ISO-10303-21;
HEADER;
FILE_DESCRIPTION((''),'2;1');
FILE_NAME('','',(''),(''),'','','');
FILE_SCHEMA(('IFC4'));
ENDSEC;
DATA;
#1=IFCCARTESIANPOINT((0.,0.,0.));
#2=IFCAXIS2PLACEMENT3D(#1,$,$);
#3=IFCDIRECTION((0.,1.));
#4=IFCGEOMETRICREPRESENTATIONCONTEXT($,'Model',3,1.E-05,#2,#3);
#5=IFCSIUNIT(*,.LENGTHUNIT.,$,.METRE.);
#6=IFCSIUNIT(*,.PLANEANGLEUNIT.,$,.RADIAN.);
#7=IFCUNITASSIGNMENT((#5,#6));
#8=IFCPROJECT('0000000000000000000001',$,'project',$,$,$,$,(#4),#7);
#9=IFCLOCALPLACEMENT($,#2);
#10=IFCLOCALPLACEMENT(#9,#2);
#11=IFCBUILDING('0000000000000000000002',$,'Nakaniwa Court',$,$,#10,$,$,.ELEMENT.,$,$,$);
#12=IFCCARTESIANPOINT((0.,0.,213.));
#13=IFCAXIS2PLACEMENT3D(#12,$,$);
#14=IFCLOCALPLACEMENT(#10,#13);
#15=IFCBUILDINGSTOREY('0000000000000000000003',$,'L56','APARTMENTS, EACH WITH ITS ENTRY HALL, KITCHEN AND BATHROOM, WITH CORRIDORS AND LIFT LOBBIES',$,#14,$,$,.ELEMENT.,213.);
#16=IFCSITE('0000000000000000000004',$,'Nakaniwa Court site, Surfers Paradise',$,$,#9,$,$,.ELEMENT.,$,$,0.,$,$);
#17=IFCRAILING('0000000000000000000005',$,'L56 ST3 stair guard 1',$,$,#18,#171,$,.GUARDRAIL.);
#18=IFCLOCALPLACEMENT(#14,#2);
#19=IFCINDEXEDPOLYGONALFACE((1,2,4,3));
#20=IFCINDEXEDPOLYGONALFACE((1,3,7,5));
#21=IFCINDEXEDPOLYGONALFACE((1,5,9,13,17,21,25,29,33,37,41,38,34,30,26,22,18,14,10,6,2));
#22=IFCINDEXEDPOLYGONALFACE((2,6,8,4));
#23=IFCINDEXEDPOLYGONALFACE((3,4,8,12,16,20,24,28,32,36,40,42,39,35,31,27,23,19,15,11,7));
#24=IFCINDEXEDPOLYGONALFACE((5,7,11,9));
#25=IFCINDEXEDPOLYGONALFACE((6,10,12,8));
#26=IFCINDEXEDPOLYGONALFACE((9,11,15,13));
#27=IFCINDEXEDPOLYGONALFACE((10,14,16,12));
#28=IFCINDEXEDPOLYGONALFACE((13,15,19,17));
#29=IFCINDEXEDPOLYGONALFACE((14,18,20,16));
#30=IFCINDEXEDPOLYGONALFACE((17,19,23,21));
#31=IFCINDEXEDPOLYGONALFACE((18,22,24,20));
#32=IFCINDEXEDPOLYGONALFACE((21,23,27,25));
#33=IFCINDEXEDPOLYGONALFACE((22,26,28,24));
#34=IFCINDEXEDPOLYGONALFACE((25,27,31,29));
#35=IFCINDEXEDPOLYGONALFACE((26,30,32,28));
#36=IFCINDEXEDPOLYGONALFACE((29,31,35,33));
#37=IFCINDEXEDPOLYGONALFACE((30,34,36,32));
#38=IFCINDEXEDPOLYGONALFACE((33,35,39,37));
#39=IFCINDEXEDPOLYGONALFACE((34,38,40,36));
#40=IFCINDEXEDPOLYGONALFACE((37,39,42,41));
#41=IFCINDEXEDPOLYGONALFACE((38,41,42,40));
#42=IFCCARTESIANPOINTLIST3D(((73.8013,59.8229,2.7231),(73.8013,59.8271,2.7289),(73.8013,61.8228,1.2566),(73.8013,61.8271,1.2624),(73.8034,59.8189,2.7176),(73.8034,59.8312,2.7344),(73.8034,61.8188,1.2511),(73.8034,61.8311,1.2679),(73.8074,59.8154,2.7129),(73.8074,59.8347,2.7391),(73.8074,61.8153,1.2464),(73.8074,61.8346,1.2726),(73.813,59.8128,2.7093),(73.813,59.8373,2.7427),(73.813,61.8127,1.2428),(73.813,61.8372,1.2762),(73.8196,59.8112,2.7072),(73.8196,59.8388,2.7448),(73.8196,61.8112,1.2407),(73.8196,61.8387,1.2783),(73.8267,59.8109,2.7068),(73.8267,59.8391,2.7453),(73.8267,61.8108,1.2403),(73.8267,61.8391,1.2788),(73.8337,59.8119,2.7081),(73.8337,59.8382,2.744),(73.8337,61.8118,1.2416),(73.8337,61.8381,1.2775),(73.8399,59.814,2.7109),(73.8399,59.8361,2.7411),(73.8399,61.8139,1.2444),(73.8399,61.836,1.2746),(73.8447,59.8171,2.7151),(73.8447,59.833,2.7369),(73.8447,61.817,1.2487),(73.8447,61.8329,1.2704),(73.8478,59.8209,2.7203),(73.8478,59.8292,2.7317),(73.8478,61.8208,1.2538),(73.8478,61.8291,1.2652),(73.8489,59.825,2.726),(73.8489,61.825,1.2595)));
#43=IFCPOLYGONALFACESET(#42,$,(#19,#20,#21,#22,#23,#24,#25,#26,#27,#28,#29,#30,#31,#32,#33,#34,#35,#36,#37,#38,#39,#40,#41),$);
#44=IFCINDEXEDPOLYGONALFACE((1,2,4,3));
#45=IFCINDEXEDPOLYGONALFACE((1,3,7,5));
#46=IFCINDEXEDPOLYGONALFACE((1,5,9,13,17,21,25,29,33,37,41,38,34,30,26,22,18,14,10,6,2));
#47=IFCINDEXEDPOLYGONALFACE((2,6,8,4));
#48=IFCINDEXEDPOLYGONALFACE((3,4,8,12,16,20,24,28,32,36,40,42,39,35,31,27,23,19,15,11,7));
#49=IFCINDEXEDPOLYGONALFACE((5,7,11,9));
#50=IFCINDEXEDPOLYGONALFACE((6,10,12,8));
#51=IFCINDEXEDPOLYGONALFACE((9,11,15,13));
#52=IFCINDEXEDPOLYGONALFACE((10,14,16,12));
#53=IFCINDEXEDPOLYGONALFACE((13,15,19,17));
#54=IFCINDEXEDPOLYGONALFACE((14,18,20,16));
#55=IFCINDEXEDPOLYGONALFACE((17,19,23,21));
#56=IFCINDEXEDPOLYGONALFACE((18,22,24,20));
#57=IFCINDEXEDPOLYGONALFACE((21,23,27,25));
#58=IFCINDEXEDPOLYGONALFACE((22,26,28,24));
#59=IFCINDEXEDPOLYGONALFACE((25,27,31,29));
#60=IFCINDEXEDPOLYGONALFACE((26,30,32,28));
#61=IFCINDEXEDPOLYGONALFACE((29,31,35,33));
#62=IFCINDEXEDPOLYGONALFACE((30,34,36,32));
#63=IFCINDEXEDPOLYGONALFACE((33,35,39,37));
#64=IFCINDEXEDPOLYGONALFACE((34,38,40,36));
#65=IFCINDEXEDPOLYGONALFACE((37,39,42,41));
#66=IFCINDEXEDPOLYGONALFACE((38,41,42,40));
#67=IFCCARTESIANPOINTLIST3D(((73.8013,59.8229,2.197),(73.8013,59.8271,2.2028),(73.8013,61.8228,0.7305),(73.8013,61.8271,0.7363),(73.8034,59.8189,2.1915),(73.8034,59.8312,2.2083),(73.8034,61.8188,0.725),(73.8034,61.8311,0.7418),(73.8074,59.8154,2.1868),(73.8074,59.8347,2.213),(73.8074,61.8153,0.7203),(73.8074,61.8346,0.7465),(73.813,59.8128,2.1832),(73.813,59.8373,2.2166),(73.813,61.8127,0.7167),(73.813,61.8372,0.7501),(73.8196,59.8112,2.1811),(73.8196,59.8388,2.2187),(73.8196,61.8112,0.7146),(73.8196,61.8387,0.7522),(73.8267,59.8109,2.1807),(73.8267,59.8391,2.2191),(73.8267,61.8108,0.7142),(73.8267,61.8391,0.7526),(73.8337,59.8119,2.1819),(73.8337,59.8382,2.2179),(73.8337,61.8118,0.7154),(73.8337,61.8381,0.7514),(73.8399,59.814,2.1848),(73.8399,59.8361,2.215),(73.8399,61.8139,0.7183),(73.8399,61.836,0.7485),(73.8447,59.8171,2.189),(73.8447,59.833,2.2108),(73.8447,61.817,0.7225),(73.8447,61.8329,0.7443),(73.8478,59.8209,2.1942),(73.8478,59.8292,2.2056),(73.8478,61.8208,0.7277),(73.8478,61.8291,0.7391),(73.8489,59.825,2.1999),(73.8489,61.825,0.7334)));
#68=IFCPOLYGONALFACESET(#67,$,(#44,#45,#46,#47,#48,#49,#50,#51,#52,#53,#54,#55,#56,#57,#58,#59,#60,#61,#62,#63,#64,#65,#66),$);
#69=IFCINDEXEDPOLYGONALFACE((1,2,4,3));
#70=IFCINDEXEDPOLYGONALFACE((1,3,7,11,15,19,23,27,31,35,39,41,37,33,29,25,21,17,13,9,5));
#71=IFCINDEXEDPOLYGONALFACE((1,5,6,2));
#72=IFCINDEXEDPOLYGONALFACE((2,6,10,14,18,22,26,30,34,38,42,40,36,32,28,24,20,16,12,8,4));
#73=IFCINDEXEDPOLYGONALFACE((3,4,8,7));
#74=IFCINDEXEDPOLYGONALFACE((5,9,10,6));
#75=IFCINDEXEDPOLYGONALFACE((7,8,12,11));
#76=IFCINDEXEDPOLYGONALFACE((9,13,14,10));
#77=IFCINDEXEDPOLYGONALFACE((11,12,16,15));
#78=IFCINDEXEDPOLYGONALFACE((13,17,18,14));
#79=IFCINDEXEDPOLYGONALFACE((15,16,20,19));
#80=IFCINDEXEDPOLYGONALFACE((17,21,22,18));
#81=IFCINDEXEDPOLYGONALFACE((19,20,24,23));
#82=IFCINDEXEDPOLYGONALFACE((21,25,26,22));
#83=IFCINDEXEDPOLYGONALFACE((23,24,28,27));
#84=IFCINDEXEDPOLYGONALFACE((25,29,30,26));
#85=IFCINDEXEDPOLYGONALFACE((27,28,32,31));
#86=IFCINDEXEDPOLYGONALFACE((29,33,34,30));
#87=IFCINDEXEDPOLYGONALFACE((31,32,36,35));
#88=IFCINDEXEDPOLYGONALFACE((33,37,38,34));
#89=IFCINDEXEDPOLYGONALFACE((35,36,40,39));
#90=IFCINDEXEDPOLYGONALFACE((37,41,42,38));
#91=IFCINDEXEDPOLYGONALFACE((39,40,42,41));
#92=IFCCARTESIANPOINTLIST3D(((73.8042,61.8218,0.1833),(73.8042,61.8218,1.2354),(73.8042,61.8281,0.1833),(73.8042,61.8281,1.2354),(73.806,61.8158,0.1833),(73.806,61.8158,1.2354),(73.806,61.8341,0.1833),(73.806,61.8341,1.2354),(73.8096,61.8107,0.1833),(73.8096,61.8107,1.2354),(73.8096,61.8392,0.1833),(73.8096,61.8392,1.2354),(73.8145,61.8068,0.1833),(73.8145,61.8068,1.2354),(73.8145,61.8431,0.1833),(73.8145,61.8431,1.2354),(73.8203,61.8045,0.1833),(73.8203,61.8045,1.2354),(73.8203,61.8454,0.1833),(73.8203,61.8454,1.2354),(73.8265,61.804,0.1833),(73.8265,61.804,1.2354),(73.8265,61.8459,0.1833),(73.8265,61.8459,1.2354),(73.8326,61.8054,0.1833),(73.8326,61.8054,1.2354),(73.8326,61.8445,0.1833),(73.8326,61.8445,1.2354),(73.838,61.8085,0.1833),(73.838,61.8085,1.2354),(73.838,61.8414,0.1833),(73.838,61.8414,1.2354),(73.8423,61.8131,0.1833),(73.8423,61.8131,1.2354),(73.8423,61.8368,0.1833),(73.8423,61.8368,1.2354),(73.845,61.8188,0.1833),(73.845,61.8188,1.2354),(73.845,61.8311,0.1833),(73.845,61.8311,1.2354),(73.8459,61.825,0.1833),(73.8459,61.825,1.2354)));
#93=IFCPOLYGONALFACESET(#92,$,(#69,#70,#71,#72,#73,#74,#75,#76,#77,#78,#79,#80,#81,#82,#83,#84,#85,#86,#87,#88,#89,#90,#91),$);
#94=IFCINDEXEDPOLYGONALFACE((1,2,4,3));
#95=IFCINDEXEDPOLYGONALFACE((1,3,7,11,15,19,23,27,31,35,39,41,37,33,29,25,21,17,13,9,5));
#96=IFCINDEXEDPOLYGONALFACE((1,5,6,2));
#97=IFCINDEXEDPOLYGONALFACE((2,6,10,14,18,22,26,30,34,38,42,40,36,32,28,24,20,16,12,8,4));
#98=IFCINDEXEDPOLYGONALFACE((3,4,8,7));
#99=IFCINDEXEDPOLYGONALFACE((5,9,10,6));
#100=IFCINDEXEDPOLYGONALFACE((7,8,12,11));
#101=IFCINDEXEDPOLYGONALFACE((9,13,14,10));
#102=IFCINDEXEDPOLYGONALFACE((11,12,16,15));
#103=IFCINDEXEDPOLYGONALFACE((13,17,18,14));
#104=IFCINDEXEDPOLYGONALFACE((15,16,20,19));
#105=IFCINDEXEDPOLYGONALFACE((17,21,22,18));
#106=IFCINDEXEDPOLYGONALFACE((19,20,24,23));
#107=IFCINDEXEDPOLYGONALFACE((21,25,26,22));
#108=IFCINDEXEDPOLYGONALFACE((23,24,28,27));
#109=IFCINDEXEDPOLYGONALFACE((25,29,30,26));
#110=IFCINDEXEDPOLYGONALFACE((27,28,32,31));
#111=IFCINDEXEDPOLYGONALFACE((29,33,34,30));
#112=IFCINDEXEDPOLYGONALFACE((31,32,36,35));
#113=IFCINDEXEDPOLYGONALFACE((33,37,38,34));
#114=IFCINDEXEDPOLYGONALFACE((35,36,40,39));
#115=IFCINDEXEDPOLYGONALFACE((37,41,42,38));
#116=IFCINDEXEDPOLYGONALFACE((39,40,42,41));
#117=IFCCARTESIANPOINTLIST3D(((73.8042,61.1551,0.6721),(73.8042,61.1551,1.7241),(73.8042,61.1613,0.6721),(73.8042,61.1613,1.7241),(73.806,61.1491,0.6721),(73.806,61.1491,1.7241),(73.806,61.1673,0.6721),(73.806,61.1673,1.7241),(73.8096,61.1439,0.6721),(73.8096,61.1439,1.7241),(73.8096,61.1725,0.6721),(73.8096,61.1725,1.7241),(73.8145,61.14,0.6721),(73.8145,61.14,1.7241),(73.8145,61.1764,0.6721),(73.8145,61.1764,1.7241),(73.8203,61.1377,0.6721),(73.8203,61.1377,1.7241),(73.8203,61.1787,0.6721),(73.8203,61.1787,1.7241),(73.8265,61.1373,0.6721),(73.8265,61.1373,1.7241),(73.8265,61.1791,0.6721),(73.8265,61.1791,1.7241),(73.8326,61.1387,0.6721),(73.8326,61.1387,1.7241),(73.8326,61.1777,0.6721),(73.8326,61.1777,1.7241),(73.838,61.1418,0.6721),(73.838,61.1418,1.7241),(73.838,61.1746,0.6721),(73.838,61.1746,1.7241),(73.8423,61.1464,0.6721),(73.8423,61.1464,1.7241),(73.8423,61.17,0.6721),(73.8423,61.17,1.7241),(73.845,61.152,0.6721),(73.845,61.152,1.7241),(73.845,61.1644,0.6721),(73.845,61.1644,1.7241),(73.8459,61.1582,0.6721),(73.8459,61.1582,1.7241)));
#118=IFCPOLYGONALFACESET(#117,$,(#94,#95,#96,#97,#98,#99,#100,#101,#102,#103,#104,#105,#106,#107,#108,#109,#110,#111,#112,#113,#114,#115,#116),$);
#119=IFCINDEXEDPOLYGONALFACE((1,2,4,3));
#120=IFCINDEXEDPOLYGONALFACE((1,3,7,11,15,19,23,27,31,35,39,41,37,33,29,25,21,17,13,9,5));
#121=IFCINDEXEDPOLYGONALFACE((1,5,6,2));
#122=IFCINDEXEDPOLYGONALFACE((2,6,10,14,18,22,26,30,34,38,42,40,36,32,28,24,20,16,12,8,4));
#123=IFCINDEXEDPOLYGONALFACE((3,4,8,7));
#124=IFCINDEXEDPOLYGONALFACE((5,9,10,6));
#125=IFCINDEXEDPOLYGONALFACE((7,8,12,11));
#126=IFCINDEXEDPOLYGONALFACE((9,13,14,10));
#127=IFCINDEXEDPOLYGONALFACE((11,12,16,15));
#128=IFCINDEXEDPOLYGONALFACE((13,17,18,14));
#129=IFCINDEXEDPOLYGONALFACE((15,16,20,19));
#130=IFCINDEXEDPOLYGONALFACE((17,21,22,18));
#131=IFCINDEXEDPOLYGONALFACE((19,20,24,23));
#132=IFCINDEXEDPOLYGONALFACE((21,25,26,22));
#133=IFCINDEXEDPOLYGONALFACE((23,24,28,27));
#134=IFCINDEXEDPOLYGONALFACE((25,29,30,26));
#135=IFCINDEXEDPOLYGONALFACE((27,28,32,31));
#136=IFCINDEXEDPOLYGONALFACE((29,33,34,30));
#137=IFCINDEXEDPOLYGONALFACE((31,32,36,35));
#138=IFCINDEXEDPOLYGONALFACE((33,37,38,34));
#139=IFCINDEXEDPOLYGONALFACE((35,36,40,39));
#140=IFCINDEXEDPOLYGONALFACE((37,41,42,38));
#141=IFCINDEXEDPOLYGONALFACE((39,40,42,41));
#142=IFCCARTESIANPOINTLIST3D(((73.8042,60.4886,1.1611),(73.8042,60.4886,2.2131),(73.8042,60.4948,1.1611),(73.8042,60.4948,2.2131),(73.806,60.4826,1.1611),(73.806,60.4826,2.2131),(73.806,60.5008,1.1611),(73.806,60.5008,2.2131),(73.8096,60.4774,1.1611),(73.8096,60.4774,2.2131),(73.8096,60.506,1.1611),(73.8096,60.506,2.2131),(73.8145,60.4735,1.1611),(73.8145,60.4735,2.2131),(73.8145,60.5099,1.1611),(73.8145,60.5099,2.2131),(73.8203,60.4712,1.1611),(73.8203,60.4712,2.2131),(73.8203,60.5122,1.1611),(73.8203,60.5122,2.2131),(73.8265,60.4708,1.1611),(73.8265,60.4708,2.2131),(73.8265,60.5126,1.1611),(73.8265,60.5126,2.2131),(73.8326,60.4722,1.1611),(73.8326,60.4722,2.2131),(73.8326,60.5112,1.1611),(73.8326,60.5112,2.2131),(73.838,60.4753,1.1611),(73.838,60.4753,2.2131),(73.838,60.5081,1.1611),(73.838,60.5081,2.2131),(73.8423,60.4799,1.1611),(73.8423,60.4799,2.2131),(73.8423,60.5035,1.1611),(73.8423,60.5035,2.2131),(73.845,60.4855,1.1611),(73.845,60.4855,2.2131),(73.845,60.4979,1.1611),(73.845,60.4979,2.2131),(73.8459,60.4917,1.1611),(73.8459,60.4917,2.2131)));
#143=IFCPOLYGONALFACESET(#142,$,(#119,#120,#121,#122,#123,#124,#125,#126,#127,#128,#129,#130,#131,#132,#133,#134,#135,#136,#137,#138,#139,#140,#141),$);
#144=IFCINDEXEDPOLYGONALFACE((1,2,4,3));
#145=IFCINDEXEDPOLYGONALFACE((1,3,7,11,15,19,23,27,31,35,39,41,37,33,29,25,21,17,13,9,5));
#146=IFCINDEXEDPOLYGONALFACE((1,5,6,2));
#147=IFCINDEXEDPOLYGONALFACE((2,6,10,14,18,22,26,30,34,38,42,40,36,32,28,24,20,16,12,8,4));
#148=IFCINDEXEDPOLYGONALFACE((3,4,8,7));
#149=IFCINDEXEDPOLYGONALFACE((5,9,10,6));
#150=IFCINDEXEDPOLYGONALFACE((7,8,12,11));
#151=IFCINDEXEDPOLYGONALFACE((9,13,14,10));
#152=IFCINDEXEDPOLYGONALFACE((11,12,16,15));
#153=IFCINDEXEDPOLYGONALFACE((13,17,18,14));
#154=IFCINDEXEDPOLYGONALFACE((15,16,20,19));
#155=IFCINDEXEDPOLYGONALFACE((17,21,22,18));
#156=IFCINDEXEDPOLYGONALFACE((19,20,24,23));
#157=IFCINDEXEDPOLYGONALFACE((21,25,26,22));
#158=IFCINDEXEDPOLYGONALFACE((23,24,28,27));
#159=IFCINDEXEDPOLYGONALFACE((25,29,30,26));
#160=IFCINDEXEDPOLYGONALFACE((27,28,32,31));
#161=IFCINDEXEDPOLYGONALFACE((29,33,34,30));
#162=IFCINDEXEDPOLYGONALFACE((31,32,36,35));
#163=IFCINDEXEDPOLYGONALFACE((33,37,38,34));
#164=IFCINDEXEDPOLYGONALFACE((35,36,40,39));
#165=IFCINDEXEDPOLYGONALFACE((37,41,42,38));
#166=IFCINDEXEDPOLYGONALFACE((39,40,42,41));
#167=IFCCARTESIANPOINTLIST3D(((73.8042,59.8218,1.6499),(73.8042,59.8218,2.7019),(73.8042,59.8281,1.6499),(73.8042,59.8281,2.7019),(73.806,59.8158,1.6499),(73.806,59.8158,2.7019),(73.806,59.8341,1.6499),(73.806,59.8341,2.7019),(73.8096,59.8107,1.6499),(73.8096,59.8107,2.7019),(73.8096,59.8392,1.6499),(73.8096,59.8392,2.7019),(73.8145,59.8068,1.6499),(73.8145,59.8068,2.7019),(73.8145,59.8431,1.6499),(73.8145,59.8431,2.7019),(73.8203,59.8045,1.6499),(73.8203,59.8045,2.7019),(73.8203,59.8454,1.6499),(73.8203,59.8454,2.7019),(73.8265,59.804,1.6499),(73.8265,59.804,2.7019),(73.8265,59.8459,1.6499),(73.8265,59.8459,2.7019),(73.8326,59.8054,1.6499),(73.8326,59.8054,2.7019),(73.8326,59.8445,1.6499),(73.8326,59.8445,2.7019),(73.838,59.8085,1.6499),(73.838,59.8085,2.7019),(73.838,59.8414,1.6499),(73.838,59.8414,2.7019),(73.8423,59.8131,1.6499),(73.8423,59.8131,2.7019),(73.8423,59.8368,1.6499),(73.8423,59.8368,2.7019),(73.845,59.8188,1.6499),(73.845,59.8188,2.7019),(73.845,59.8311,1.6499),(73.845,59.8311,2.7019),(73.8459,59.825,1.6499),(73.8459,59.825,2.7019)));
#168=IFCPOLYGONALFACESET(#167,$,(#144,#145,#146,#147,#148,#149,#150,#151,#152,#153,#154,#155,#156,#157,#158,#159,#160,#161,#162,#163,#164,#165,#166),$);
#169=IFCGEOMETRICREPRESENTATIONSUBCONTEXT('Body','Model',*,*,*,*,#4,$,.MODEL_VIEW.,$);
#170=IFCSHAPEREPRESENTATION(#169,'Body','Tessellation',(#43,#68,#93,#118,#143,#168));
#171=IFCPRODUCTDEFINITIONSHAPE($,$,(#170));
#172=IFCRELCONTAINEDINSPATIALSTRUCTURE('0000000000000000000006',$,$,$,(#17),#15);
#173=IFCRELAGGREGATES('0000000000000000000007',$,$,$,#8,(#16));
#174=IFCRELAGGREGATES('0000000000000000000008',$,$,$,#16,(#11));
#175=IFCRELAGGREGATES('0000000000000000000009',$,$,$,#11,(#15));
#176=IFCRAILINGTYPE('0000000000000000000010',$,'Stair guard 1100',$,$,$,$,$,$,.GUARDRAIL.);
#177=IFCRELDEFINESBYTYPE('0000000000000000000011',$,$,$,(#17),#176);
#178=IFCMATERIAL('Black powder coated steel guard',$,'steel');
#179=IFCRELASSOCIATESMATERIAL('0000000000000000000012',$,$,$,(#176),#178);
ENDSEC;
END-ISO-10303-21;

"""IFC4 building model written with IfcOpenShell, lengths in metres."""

from ifc_helpers import new_model, si_unit, direction, frame, origin, origin_2d, place, context, subcontext, project, spatial, circle, extrude, material, type_object, element, save


model = new_model("IFC4")

# Units and contexts
model_context = context("Model", 3, precision=1e-05, world=origin(), true_north=direction((0.0, 1.0)))
body_context = subcontext(model_context, "Body", "Model", "MODEL_VIEW")
ifc_project = project(units=[si_unit("LENGTHUNIT", "METRE"), si_unit("PLANEANGLEUNIT", "RADIAN")], contexts=[model_context])

# Site, building, storey
site_placement = place(None, origin())
site = spatial("IfcSite", under=ifc_project, at=site_placement, Name="Nakaniwa Court site, Surfers Paradise", CompositionType="ELEMENT", RefElevation=0.0)
building_placement = place(site_placement, origin())
building = spatial("IfcBuilding", under=site, at=building_placement, Name="Nakaniwa Court", CompositionType="ELEMENT")
storey_placement = place(building_placement, frame((0.0, 0.0, 213.0)))
storey = spatial("IfcBuildingStorey", under=building, at=storey_placement, Name="L56", Description="APARTMENTS, EACH WITH ITS ENTRY HALL, KITCHEN AND BATHROOM, WITH CORRIDORS AND LIFT LOBBIES", CompositionType="ELEMENT", Elevation=213.0)

# Railing
ifc_material_1 = material(Name="Black powder coated steel guard", Category="steel")
railing_type_1 = type_object("IfcRailingType", Name="Stair guard 1100", PredefinedType="GUARDRAIL", material=ifc_material_1)
railing_1_placement = place(storey_placement, frame((73.825, 61.825, 0.1833)))
element("IfcRailing", 1, at=railing_1_placement, inside=storey, type_object=railing_type_1, Name="L56 ST3 stair guard 1", PredefinedType="GUARDRAIL", context=body_context, shape_type="SweptSolid", body=[
    extrude(circle(Radius=0.0239, at=origin_2d()), frame((0.0, 0.0, 1.0762), z_axis=(0.0, -0.806427, 0.591334), x_axis=(1.0, 0.0, 0.0)), (0.0, 0.0, 1.0), 2.48),
    extrude(circle(Radius=0.0239, at=origin_2d()), frame((0.0, 0.0, 0.55), z_axis=(0.0, -0.806427, 0.591334), x_axis=(1.0, 0.0, 0.0)), (0.0, 0.0, 1.0), 2.48),
    extrude(circle(Radius=0.021, at=origin_2d()), origin(), (0.0, 0.0, 1.0), 1.052),
    extrude(circle(Radius=0.021, at=origin_2d()), frame((0.0, -0.6667, 0.4888)), (0.0, 0.0, 1.0), 1.052),
    extrude(circle(Radius=0.021, at=origin_2d()), frame((0.0, -1.3333, 0.9778)), (0.0, 0.0, 1.0), 1.052),
    extrude(circle(Radius=0.021, at=origin_2d()), frame((0.0, -2.0, 1.4666)), (0.0, 0.0, 1.0), 1.052),
])

save(model, "model.ifc")
